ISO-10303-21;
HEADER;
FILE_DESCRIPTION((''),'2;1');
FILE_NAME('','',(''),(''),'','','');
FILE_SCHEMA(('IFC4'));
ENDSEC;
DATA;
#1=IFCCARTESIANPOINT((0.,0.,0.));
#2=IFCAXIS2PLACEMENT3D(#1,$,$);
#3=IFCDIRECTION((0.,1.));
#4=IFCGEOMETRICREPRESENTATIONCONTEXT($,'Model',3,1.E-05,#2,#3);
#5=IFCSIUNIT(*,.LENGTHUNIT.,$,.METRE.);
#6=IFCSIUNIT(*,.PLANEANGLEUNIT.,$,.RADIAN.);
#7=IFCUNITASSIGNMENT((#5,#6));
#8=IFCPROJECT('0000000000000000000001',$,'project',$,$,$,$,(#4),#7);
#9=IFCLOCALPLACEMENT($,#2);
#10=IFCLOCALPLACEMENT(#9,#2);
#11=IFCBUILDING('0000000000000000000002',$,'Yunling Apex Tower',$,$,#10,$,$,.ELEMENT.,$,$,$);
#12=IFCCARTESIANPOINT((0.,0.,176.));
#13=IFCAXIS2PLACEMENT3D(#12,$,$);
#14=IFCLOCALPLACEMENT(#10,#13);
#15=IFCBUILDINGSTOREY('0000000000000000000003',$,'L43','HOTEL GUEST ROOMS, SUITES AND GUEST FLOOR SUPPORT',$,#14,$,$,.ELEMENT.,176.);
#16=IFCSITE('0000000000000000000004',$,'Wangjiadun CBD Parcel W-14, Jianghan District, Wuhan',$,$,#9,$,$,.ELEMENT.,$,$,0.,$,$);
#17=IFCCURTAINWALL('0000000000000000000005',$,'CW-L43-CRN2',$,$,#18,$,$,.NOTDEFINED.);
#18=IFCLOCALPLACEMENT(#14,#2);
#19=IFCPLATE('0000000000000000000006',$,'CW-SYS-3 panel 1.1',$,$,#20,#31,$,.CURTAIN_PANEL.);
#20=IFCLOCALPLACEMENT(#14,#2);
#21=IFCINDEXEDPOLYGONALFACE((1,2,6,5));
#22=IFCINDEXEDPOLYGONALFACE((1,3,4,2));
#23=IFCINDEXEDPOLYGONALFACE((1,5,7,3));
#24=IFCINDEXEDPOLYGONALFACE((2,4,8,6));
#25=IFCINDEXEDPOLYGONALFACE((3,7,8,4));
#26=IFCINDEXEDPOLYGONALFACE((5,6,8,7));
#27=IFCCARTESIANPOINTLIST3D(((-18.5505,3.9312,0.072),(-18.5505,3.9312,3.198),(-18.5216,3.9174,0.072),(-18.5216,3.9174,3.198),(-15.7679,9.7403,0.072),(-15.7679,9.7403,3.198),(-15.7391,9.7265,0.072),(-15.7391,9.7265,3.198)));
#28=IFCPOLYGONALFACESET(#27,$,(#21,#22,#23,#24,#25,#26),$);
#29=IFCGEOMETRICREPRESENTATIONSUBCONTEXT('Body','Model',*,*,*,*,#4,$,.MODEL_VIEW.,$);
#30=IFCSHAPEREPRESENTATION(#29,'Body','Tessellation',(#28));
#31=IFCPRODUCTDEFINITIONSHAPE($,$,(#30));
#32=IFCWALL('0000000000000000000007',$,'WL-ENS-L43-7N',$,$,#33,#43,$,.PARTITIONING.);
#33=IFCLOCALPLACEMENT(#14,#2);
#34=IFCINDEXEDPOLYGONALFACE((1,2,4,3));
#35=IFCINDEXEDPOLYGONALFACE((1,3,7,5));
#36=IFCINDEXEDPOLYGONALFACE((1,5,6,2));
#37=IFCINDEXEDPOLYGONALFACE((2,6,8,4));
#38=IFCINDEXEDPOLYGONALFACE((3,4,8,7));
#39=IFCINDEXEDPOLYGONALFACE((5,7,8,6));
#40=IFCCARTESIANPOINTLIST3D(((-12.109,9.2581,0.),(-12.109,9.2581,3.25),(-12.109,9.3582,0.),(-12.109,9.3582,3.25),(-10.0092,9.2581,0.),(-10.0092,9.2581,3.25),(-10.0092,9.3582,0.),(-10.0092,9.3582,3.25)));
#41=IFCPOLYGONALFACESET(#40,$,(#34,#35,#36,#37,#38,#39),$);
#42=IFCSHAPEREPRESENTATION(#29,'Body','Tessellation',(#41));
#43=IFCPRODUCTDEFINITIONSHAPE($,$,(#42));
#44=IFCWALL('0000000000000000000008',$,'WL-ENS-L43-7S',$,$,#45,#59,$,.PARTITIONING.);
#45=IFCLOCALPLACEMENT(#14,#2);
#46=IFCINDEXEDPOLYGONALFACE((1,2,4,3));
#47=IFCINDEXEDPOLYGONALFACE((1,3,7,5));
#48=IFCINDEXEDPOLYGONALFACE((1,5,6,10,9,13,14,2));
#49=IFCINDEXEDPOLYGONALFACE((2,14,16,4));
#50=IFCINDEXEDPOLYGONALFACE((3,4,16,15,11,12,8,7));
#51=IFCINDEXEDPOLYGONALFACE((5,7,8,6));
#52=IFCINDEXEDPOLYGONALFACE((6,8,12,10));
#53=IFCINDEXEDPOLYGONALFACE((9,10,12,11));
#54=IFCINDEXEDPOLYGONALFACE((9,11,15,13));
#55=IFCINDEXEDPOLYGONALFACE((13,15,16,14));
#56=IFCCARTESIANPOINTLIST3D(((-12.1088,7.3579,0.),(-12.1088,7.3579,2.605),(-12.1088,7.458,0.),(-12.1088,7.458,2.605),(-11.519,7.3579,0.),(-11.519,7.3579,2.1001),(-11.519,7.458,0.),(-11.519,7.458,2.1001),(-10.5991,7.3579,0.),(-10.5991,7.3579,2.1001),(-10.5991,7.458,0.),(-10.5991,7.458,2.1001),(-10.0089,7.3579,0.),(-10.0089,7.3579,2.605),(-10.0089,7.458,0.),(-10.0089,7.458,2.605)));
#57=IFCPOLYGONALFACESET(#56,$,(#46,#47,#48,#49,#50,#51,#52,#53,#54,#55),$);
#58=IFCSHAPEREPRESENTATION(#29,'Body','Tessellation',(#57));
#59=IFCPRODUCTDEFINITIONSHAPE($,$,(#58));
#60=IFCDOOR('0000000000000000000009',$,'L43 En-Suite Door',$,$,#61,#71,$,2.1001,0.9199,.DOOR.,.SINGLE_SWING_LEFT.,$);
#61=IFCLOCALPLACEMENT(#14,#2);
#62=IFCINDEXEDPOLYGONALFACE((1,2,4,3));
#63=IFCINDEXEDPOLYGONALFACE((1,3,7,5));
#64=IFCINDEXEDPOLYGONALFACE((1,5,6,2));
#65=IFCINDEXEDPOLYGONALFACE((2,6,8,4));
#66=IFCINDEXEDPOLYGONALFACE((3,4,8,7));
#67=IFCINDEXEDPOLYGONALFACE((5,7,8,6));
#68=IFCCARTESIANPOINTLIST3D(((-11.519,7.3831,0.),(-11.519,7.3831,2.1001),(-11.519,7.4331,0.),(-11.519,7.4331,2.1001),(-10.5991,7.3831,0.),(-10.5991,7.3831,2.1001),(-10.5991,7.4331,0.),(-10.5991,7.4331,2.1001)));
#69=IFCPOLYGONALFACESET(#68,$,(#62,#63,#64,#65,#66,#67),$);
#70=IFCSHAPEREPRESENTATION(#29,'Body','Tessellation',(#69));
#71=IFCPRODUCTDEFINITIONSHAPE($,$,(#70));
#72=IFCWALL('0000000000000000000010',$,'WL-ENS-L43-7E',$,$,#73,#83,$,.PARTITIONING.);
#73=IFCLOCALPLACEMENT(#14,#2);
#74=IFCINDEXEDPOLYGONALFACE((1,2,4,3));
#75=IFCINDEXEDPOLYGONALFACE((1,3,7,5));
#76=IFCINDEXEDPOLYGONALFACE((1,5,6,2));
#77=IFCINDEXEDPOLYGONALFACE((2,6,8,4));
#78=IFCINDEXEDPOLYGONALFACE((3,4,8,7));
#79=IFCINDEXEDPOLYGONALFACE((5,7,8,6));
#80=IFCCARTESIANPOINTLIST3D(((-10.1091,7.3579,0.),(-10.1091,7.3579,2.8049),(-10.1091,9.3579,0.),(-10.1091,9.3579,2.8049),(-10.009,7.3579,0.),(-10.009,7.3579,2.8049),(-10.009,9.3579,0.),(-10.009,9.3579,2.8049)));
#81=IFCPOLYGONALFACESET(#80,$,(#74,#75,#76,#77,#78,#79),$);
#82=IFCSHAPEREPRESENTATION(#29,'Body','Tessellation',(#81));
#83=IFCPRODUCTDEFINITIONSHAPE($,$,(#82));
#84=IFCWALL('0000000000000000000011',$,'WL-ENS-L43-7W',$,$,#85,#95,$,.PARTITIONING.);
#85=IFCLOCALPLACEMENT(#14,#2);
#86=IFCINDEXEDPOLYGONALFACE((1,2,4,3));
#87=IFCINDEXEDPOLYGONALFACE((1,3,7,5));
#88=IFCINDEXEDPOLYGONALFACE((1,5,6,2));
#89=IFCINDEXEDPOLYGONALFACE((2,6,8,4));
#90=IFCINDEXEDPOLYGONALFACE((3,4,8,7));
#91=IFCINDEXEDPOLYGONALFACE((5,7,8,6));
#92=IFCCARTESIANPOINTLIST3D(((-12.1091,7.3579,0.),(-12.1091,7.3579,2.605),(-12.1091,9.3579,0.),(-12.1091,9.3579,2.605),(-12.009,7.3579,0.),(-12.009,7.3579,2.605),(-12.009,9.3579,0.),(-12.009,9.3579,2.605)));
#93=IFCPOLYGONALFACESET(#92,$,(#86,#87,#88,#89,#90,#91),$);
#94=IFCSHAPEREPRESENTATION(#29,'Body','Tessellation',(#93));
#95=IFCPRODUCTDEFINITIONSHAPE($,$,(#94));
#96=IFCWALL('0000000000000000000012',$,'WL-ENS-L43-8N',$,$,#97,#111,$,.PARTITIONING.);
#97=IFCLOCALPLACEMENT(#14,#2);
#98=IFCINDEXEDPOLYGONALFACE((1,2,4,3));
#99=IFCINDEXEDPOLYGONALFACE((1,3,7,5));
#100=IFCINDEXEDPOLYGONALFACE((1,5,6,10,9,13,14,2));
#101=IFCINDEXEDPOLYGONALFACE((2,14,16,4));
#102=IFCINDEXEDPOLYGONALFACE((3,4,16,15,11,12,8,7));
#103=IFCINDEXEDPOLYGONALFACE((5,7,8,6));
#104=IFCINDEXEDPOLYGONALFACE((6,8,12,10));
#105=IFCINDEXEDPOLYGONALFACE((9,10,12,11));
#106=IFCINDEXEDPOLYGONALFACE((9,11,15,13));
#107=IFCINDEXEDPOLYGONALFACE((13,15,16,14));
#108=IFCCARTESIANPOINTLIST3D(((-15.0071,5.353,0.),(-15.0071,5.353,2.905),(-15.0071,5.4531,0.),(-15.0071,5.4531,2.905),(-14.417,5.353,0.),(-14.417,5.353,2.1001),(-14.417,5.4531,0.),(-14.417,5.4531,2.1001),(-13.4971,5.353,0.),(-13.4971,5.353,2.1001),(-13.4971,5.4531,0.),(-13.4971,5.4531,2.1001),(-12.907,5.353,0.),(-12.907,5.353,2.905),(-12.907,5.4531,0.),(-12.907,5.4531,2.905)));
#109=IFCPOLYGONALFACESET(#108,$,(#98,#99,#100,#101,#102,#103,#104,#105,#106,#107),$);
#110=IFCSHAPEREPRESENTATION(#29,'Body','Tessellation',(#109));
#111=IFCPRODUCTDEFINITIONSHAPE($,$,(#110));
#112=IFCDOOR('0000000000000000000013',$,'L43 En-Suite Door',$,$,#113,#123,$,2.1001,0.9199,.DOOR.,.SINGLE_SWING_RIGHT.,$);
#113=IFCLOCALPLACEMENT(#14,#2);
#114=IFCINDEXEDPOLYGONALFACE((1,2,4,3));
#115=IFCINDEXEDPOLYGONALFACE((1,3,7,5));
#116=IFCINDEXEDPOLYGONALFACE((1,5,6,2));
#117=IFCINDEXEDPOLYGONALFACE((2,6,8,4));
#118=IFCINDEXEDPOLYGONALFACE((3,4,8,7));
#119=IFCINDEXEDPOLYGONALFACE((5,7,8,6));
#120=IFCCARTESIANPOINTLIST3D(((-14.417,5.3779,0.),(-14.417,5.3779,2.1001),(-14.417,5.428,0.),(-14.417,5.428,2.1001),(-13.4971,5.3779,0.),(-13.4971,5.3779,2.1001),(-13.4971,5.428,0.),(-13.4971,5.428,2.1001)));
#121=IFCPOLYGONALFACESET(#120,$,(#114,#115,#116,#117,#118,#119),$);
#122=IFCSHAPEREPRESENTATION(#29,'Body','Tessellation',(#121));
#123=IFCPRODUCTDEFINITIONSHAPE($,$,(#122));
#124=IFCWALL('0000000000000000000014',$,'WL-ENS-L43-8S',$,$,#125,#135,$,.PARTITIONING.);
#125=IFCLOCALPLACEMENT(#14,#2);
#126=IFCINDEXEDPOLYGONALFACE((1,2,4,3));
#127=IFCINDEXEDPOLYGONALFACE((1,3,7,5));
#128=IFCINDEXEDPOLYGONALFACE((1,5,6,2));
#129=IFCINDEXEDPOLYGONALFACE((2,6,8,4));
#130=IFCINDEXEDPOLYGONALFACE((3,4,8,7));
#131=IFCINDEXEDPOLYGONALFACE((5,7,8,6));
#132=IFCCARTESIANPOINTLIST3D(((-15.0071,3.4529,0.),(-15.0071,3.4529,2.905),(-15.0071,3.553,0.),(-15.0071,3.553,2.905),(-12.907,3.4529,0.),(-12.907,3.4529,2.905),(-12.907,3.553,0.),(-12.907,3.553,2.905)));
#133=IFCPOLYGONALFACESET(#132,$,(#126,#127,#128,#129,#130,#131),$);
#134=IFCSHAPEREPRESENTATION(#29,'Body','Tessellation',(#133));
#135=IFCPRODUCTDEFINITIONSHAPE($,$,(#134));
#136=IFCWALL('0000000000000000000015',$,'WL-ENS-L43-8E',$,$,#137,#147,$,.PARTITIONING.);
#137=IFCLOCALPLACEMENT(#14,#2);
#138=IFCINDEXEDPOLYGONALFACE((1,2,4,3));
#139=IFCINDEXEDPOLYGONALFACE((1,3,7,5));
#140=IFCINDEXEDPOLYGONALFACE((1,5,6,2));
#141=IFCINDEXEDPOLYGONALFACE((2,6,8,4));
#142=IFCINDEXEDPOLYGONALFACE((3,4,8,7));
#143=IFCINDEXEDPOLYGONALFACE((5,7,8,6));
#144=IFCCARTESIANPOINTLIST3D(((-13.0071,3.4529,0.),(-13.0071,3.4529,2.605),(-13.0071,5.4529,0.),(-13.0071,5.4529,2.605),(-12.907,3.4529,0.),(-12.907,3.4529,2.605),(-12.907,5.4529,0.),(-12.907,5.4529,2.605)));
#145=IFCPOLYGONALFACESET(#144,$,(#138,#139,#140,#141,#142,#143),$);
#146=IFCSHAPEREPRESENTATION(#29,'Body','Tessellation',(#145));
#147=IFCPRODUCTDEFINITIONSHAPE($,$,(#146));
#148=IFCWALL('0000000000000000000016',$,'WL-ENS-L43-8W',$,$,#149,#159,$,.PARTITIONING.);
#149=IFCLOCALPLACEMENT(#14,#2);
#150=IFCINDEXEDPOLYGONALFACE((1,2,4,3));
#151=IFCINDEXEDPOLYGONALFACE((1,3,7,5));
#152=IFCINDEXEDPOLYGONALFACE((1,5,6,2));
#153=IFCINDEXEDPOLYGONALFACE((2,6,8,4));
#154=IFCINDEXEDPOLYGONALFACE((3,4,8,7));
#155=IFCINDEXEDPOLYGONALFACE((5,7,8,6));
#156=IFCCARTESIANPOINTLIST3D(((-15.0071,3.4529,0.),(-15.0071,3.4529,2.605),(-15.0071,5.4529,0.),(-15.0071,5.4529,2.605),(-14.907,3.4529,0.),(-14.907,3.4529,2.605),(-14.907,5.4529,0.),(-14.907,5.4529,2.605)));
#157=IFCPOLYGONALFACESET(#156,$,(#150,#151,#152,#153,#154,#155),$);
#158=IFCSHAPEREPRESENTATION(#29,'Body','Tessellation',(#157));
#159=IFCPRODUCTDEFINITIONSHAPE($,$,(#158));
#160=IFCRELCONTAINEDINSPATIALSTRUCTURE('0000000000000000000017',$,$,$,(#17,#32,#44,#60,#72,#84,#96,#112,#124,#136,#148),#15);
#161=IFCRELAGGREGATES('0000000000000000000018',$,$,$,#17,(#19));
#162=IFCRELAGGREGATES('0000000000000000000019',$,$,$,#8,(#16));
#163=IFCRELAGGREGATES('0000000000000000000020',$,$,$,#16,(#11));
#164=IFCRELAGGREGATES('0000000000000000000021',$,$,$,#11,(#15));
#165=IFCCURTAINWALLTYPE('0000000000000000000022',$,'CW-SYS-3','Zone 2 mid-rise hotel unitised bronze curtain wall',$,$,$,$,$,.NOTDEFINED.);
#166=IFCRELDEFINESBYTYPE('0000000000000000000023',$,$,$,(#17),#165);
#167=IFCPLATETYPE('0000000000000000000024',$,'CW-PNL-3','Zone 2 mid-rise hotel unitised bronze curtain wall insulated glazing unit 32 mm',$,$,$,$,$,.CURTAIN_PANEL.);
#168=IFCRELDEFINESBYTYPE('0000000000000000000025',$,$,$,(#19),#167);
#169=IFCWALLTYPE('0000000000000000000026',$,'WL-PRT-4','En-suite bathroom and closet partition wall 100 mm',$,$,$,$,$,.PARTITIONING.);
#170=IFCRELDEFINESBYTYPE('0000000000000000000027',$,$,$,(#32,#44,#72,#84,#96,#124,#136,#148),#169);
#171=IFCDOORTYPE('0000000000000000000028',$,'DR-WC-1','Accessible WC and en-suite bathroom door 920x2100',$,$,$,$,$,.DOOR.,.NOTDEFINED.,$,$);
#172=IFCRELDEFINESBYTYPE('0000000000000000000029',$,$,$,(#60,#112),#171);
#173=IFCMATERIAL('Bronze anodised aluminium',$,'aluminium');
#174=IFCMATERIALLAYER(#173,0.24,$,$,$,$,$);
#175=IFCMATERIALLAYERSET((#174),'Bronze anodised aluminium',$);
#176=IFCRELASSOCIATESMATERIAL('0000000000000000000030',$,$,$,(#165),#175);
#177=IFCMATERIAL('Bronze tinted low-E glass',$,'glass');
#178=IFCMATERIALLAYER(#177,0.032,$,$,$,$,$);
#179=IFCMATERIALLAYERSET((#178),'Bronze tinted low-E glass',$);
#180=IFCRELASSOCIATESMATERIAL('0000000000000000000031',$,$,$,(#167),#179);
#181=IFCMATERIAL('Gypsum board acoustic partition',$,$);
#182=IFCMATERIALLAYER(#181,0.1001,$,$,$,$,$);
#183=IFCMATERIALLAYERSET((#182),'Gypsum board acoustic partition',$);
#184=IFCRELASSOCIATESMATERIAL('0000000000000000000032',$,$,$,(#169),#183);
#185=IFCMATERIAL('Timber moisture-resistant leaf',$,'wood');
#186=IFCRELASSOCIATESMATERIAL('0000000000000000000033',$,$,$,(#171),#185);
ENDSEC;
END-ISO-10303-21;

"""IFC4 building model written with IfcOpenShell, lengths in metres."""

from ifc_helpers import new_model, si_unit, direction, frame, frame_2d, origin, origin_2d, place, context, subcontext, project, spatial, rectangle, extrude, source, transform, mapped, material, layer, layer_set, type_object, element, fill, aggregate, save


model = new_model("IFC4")

# Units and contexts
model_context = context("Model", 3, precision=1e-05, world=origin(), true_north=direction((0.0, 1.0)))
body_context = subcontext(model_context, "Body", "Model", "MODEL_VIEW")
ifc_project = project(units=[si_unit("LENGTHUNIT", "METRE"), si_unit("PLANEANGLEUNIT", "RADIAN")], contexts=[model_context])

# Site, building, storey
site_placement = place(None, origin())
site = spatial("IfcSite", under=ifc_project, at=site_placement, Name="Wangjiadun CBD Parcel W-14, Jianghan District, Wuhan", CompositionType="ELEMENT", RefElevation=0.0)
building_placement = place(site_placement, origin())
building = spatial("IfcBuilding", under=site, at=building_placement, Name="Yunling Apex Tower", CompositionType="ELEMENT")
storey_placement = place(building_placement, frame((0.0, 0.0, 176.0)))
storey = spatial("IfcBuildingStorey", under=building, at=storey_placement, Name="L43", Description="HOTEL GUEST ROOMS, SUITES AND GUEST FLOOR SUPPORT", CompositionType="ELEMENT", Elevation=176.0)

# Shared definitions
ifc_material_1 = material(Name="Bronze anodised aluminium", Category="aluminium")
ifc_layer_1 = layer(ifc_material_1, 0.24)
ifc_layer_set_1 = layer_set([ifc_layer_1], Name="Bronze anodised aluminium")
curtain_wall_type = type_object("IfcCurtainWallType", Name="CW-SYS-3", Description="Zone 2 mid-rise hotel unitised bronze curtain wall", PredefinedType="NOTDEFINED", material=ifc_layer_set_1)

# Curtain wall
curtain_wall_1_placement = place(storey_placement, origin())
curtain_wall_1 = element("IfcCurtainWall", 1, at=curtain_wall_1_placement, inside=storey, type_object=curtain_wall_type, Name="CW-L43-CRN2", PredefinedType="NOTDEFINED")

# Plate
ifc_material_2 = material(Name="Bronze tinted low-E glass", Category="glass")
ifc_layer_2 = layer(ifc_material_2, 0.032)
ifc_layer_set_2 = layer_set([ifc_layer_2], Name="Bronze tinted low-E glass")
plate_type = type_object("IfcPlateType", Name="CW-PNL-3", Description="Zone 2 mid-rise hotel unitised bronze curtain wall insulated glazing unit 32 mm", PredefinedType="CURTAIN_PANEL", material=ifc_layer_set_2)
shared_shape_1 = source(origin(), body_context, "Body", "SweptSolid", [
    extrude(rectangle(XDim=6.4412, YDim=0.032, at=origin_2d()), origin(), (0.0, 0.0, 1.0), 3.126),
])
plate_1_placement = place(storey_placement, frame((-17.1448, 6.8289, 0.072), z_axis=(0.0, 0.0, 1.0), x_axis=(-0.431994, -0.901877, 0.0)))
plate_1 = element("IfcPlate", 2, at=plate_1_placement, type_object=plate_type, Name="CW-SYS-3 panel 1.1", PredefinedType="CURTAIN_PANEL", context=body_context, shape_type="MappedRepresentation", body=[
    mapped(shared_shape_1, transform((0.0, 0.0, 0.0), scale=1.0)),
])
aggregate(curtain_wall_1, [plate_1])

# Wall
ifc_material_3 = material(Name="Gypsum board acoustic partition")
ifc_layer_3 = layer(ifc_material_3, 0.1001)
ifc_layer_set_3 = layer_set([ifc_layer_3], Name="Gypsum board acoustic partition")
wall_type = type_object("IfcWallType", Name="WL-PRT-4", Description="En-suite bathroom and closet partition wall 100 mm", PredefinedType="PARTITIONING", material=ifc_layer_set_3)
wall_1_placement = place(storey_placement, frame((-12.1089, 9.3081, 0.0), z_axis=(0.0, 0.0, 1.0), x_axis=(1.0, 0.0, 0.0)))
element("IfcWall", 3, at=wall_1_placement, inside=storey, type_object=wall_type, Name="WL-ENS-L43-7N", PredefinedType="PARTITIONING", context=body_context, shape_type="SweptSolid", body=[
    extrude(rectangle(XDim=2.0999, YDim=0.1001, at=frame_2d((1.0498, 0.0))), origin(), (0.0, 0.0, 1.0), 3.25),
])

# Wall, opening, door
wall_2_placement = place(storey_placement, frame((-10.009, 7.408, 0.0), z_axis=(0.0, 0.0, 1.0), x_axis=(-1.0, 0.0, 0.0)))
wall_2 = element("IfcWall", 4, at=wall_2_placement, inside=storey, type_object=wall_type, Name="WL-ENS-L43-7S", PredefinedType="PARTITIONING", context=body_context, shape_type="SweptSolid", body=[
    extrude(rectangle(XDim=2.0999, YDim=0.1001, at=frame_2d((1.0498, 0.0))), origin(), (0.0, 0.0, 1.0), 2.605),
])
opening_1_placement = place(wall_2_placement, frame((0.5901, 0.0, 0.0)))
opening_1 = element("IfcOpeningElement", 5, at=opening_1_placement, cuts=wall_2, PredefinedType="OPENING", context=body_context, shape_type="SweptSolid", body=[
    extrude(rectangle(XDim=0.9199, YDim=2.1001, at=frame_2d((0.46, 1.05))), frame((0.0, 0.0601, 0.0), z_axis=(0.0, -1.0, 0.0), x_axis=(1.0, 0.0, 0.0)), (0.0, 0.0, 1.0), 0.1201),
])
ifc_material_4 = material(Name="Timber moisture-resistant leaf", Category="wood")
door_type = type_object("IfcDoorType", Name="DR-WC-1", Description="Accessible WC and en-suite bathroom door 920x2100", OperationType="NOTDEFINED", PredefinedType="DOOR", material=ifc_material_4)
door_1_placement = place(opening_1_placement, origin())
door_1 = element("IfcDoor", 6, at=door_1_placement, inside=storey, type_object=door_type, Name="L43 En-Suite Door", OperationType="SINGLE_SWING_LEFT", OverallHeight=2.1001, OverallWidth=0.9199, PredefinedType="DOOR", context=body_context, shape_type="SweptSolid", body=[
    extrude(rectangle(XDim=0.9199, YDim=2.1001, at=frame_2d((0.46, 1.05))), frame((0.0, 0.0249, 0.0), z_axis=(0.0, -1.0, 0.0), x_axis=(1.0, 0.0, 0.0)), (0.0, 0.0, 1.0), 0.05),
])
fill(opening_1, door_1)

# Walls
wall_3_placement = place(storey_placement, frame((-10.0591, 9.3579, 0.0), z_axis=(0.0, 0.0, 1.0), x_axis=(0.0, -1.0, 0.0)))
element("IfcWall", 7, at=wall_3_placement, inside=storey, type_object=wall_type, Name="WL-ENS-L43-7E", PredefinedType="PARTITIONING", context=body_context, shape_type="SweptSolid", body=[
    extrude(rectangle(XDim=2.0, YDim=0.1001, at=frame_2d((1.0, 0.0))), origin(), (0.0, 0.0, 1.0), 2.8049),
])
wall_4_placement = place(storey_placement, frame((-12.0591, 7.3579, 0.0), z_axis=(0.0, 0.0, 1.0), x_axis=(0.0, 1.0, 0.0)))
element("IfcWall", 8, at=wall_4_placement, inside=storey, type_object=wall_type, Name="WL-ENS-L43-7W", PredefinedType="PARTITIONING", context=body_context, shape_type="SweptSolid", body=[
    extrude(rectangle(XDim=2.0, YDim=0.1001, at=frame_2d((1.0, 0.0))), origin(), (0.0, 0.0, 1.0), 2.605),
])

# Wall, opening, door
wall_5_placement = place(storey_placement, frame((-15.0071, 5.4031, 0.0), z_axis=(0.0, 0.0, 1.0), x_axis=(1.0, 0.0, 0.0)))
wall_5 = element("IfcWall", 9, at=wall_5_placement, inside=storey, type_object=wall_type, Name="WL-ENS-L43-8N", PredefinedType="PARTITIONING", context=body_context, shape_type="SweptSolid", body=[
    extrude(rectangle(XDim=2.1001, YDim=0.1001, at=frame_2d((1.05, 0.0))), origin(), (0.0, 0.0, 1.0), 2.905),
])
opening_2_placement = place(wall_5_placement, frame((0.5901, 0.0, 0.0)))
opening_2 = element("IfcOpeningElement", 10, at=opening_2_placement, cuts=wall_5, PredefinedType="OPENING", context=body_context, shape_type="SweptSolid", body=[
    extrude(rectangle(XDim=0.9199, YDim=2.1001, at=frame_2d((0.46, 1.05))), frame((0.0, 0.0601, 0.0), z_axis=(0.0, -1.0, 0.0), x_axis=(1.0, 0.0, 0.0)), (0.0, 0.0, 1.0), 0.1201),
])
door_2_placement = place(opening_2_placement, origin())
door_2 = element("IfcDoor", 11, at=door_2_placement, inside=storey, type_object=door_type, Name="L43 En-Suite Door", OperationType="SINGLE_SWING_RIGHT", OverallHeight=2.1001, OverallWidth=0.9199, PredefinedType="DOOR", context=body_context, shape_type="SweptSolid", body=[
    extrude(rectangle(XDim=0.9199, YDim=2.1001, at=frame_2d((0.46, 1.05))), frame((0.0, 0.0249, 0.0), z_axis=(0.0, -1.0, 0.0), x_axis=(1.0, 0.0, 0.0)), (0.0, 0.0, 1.0), 0.05),
])
fill(opening_2, door_2)

# Walls
wall_6_placement = place(storey_placement, frame((-12.907, 3.5029, 0.0), z_axis=(0.0, 0.0, 1.0), x_axis=(-1.0, 0.0, 0.0)))
element("IfcWall", 12, at=wall_6_placement, inside=storey, type_object=wall_type, Name="WL-ENS-L43-8S", PredefinedType="PARTITIONING", context=body_context, shape_type="SweptSolid", body=[
    extrude(rectangle(XDim=2.1001, YDim=0.1001, at=frame_2d((1.05, 0.0))), origin(), (0.0, 0.0, 1.0), 2.905),
])
for number, where, z_axis, x_axis, name in (
    (13, (-12.957, 5.4529, 0.0), (0.0, 0.0, 1.0), (0.0, -1.0, 0.0), "WL-ENS-L43-8E"),
    (14, (-14.957, 3.4529, 0.0), (0.0, 0.0, 1.0), (0.0, 1.0, 0.0), "WL-ENS-L43-8W"),
):
    element("IfcWall", number, at=place(storey_placement, frame(where, z_axis=z_axis, x_axis=x_axis)), inside=storey, type_object=wall_type, Name=name, PredefinedType="PARTITIONING", context=body_context, shape_type="SweptSolid", body=[
        extrude(rectangle(XDim=2.0, YDim=0.1001, at=frame_2d((1.0, 0.0))), origin(), (0.0, 0.0, 1.0), 2.605),
    ])

save(model, "model.ifc")
